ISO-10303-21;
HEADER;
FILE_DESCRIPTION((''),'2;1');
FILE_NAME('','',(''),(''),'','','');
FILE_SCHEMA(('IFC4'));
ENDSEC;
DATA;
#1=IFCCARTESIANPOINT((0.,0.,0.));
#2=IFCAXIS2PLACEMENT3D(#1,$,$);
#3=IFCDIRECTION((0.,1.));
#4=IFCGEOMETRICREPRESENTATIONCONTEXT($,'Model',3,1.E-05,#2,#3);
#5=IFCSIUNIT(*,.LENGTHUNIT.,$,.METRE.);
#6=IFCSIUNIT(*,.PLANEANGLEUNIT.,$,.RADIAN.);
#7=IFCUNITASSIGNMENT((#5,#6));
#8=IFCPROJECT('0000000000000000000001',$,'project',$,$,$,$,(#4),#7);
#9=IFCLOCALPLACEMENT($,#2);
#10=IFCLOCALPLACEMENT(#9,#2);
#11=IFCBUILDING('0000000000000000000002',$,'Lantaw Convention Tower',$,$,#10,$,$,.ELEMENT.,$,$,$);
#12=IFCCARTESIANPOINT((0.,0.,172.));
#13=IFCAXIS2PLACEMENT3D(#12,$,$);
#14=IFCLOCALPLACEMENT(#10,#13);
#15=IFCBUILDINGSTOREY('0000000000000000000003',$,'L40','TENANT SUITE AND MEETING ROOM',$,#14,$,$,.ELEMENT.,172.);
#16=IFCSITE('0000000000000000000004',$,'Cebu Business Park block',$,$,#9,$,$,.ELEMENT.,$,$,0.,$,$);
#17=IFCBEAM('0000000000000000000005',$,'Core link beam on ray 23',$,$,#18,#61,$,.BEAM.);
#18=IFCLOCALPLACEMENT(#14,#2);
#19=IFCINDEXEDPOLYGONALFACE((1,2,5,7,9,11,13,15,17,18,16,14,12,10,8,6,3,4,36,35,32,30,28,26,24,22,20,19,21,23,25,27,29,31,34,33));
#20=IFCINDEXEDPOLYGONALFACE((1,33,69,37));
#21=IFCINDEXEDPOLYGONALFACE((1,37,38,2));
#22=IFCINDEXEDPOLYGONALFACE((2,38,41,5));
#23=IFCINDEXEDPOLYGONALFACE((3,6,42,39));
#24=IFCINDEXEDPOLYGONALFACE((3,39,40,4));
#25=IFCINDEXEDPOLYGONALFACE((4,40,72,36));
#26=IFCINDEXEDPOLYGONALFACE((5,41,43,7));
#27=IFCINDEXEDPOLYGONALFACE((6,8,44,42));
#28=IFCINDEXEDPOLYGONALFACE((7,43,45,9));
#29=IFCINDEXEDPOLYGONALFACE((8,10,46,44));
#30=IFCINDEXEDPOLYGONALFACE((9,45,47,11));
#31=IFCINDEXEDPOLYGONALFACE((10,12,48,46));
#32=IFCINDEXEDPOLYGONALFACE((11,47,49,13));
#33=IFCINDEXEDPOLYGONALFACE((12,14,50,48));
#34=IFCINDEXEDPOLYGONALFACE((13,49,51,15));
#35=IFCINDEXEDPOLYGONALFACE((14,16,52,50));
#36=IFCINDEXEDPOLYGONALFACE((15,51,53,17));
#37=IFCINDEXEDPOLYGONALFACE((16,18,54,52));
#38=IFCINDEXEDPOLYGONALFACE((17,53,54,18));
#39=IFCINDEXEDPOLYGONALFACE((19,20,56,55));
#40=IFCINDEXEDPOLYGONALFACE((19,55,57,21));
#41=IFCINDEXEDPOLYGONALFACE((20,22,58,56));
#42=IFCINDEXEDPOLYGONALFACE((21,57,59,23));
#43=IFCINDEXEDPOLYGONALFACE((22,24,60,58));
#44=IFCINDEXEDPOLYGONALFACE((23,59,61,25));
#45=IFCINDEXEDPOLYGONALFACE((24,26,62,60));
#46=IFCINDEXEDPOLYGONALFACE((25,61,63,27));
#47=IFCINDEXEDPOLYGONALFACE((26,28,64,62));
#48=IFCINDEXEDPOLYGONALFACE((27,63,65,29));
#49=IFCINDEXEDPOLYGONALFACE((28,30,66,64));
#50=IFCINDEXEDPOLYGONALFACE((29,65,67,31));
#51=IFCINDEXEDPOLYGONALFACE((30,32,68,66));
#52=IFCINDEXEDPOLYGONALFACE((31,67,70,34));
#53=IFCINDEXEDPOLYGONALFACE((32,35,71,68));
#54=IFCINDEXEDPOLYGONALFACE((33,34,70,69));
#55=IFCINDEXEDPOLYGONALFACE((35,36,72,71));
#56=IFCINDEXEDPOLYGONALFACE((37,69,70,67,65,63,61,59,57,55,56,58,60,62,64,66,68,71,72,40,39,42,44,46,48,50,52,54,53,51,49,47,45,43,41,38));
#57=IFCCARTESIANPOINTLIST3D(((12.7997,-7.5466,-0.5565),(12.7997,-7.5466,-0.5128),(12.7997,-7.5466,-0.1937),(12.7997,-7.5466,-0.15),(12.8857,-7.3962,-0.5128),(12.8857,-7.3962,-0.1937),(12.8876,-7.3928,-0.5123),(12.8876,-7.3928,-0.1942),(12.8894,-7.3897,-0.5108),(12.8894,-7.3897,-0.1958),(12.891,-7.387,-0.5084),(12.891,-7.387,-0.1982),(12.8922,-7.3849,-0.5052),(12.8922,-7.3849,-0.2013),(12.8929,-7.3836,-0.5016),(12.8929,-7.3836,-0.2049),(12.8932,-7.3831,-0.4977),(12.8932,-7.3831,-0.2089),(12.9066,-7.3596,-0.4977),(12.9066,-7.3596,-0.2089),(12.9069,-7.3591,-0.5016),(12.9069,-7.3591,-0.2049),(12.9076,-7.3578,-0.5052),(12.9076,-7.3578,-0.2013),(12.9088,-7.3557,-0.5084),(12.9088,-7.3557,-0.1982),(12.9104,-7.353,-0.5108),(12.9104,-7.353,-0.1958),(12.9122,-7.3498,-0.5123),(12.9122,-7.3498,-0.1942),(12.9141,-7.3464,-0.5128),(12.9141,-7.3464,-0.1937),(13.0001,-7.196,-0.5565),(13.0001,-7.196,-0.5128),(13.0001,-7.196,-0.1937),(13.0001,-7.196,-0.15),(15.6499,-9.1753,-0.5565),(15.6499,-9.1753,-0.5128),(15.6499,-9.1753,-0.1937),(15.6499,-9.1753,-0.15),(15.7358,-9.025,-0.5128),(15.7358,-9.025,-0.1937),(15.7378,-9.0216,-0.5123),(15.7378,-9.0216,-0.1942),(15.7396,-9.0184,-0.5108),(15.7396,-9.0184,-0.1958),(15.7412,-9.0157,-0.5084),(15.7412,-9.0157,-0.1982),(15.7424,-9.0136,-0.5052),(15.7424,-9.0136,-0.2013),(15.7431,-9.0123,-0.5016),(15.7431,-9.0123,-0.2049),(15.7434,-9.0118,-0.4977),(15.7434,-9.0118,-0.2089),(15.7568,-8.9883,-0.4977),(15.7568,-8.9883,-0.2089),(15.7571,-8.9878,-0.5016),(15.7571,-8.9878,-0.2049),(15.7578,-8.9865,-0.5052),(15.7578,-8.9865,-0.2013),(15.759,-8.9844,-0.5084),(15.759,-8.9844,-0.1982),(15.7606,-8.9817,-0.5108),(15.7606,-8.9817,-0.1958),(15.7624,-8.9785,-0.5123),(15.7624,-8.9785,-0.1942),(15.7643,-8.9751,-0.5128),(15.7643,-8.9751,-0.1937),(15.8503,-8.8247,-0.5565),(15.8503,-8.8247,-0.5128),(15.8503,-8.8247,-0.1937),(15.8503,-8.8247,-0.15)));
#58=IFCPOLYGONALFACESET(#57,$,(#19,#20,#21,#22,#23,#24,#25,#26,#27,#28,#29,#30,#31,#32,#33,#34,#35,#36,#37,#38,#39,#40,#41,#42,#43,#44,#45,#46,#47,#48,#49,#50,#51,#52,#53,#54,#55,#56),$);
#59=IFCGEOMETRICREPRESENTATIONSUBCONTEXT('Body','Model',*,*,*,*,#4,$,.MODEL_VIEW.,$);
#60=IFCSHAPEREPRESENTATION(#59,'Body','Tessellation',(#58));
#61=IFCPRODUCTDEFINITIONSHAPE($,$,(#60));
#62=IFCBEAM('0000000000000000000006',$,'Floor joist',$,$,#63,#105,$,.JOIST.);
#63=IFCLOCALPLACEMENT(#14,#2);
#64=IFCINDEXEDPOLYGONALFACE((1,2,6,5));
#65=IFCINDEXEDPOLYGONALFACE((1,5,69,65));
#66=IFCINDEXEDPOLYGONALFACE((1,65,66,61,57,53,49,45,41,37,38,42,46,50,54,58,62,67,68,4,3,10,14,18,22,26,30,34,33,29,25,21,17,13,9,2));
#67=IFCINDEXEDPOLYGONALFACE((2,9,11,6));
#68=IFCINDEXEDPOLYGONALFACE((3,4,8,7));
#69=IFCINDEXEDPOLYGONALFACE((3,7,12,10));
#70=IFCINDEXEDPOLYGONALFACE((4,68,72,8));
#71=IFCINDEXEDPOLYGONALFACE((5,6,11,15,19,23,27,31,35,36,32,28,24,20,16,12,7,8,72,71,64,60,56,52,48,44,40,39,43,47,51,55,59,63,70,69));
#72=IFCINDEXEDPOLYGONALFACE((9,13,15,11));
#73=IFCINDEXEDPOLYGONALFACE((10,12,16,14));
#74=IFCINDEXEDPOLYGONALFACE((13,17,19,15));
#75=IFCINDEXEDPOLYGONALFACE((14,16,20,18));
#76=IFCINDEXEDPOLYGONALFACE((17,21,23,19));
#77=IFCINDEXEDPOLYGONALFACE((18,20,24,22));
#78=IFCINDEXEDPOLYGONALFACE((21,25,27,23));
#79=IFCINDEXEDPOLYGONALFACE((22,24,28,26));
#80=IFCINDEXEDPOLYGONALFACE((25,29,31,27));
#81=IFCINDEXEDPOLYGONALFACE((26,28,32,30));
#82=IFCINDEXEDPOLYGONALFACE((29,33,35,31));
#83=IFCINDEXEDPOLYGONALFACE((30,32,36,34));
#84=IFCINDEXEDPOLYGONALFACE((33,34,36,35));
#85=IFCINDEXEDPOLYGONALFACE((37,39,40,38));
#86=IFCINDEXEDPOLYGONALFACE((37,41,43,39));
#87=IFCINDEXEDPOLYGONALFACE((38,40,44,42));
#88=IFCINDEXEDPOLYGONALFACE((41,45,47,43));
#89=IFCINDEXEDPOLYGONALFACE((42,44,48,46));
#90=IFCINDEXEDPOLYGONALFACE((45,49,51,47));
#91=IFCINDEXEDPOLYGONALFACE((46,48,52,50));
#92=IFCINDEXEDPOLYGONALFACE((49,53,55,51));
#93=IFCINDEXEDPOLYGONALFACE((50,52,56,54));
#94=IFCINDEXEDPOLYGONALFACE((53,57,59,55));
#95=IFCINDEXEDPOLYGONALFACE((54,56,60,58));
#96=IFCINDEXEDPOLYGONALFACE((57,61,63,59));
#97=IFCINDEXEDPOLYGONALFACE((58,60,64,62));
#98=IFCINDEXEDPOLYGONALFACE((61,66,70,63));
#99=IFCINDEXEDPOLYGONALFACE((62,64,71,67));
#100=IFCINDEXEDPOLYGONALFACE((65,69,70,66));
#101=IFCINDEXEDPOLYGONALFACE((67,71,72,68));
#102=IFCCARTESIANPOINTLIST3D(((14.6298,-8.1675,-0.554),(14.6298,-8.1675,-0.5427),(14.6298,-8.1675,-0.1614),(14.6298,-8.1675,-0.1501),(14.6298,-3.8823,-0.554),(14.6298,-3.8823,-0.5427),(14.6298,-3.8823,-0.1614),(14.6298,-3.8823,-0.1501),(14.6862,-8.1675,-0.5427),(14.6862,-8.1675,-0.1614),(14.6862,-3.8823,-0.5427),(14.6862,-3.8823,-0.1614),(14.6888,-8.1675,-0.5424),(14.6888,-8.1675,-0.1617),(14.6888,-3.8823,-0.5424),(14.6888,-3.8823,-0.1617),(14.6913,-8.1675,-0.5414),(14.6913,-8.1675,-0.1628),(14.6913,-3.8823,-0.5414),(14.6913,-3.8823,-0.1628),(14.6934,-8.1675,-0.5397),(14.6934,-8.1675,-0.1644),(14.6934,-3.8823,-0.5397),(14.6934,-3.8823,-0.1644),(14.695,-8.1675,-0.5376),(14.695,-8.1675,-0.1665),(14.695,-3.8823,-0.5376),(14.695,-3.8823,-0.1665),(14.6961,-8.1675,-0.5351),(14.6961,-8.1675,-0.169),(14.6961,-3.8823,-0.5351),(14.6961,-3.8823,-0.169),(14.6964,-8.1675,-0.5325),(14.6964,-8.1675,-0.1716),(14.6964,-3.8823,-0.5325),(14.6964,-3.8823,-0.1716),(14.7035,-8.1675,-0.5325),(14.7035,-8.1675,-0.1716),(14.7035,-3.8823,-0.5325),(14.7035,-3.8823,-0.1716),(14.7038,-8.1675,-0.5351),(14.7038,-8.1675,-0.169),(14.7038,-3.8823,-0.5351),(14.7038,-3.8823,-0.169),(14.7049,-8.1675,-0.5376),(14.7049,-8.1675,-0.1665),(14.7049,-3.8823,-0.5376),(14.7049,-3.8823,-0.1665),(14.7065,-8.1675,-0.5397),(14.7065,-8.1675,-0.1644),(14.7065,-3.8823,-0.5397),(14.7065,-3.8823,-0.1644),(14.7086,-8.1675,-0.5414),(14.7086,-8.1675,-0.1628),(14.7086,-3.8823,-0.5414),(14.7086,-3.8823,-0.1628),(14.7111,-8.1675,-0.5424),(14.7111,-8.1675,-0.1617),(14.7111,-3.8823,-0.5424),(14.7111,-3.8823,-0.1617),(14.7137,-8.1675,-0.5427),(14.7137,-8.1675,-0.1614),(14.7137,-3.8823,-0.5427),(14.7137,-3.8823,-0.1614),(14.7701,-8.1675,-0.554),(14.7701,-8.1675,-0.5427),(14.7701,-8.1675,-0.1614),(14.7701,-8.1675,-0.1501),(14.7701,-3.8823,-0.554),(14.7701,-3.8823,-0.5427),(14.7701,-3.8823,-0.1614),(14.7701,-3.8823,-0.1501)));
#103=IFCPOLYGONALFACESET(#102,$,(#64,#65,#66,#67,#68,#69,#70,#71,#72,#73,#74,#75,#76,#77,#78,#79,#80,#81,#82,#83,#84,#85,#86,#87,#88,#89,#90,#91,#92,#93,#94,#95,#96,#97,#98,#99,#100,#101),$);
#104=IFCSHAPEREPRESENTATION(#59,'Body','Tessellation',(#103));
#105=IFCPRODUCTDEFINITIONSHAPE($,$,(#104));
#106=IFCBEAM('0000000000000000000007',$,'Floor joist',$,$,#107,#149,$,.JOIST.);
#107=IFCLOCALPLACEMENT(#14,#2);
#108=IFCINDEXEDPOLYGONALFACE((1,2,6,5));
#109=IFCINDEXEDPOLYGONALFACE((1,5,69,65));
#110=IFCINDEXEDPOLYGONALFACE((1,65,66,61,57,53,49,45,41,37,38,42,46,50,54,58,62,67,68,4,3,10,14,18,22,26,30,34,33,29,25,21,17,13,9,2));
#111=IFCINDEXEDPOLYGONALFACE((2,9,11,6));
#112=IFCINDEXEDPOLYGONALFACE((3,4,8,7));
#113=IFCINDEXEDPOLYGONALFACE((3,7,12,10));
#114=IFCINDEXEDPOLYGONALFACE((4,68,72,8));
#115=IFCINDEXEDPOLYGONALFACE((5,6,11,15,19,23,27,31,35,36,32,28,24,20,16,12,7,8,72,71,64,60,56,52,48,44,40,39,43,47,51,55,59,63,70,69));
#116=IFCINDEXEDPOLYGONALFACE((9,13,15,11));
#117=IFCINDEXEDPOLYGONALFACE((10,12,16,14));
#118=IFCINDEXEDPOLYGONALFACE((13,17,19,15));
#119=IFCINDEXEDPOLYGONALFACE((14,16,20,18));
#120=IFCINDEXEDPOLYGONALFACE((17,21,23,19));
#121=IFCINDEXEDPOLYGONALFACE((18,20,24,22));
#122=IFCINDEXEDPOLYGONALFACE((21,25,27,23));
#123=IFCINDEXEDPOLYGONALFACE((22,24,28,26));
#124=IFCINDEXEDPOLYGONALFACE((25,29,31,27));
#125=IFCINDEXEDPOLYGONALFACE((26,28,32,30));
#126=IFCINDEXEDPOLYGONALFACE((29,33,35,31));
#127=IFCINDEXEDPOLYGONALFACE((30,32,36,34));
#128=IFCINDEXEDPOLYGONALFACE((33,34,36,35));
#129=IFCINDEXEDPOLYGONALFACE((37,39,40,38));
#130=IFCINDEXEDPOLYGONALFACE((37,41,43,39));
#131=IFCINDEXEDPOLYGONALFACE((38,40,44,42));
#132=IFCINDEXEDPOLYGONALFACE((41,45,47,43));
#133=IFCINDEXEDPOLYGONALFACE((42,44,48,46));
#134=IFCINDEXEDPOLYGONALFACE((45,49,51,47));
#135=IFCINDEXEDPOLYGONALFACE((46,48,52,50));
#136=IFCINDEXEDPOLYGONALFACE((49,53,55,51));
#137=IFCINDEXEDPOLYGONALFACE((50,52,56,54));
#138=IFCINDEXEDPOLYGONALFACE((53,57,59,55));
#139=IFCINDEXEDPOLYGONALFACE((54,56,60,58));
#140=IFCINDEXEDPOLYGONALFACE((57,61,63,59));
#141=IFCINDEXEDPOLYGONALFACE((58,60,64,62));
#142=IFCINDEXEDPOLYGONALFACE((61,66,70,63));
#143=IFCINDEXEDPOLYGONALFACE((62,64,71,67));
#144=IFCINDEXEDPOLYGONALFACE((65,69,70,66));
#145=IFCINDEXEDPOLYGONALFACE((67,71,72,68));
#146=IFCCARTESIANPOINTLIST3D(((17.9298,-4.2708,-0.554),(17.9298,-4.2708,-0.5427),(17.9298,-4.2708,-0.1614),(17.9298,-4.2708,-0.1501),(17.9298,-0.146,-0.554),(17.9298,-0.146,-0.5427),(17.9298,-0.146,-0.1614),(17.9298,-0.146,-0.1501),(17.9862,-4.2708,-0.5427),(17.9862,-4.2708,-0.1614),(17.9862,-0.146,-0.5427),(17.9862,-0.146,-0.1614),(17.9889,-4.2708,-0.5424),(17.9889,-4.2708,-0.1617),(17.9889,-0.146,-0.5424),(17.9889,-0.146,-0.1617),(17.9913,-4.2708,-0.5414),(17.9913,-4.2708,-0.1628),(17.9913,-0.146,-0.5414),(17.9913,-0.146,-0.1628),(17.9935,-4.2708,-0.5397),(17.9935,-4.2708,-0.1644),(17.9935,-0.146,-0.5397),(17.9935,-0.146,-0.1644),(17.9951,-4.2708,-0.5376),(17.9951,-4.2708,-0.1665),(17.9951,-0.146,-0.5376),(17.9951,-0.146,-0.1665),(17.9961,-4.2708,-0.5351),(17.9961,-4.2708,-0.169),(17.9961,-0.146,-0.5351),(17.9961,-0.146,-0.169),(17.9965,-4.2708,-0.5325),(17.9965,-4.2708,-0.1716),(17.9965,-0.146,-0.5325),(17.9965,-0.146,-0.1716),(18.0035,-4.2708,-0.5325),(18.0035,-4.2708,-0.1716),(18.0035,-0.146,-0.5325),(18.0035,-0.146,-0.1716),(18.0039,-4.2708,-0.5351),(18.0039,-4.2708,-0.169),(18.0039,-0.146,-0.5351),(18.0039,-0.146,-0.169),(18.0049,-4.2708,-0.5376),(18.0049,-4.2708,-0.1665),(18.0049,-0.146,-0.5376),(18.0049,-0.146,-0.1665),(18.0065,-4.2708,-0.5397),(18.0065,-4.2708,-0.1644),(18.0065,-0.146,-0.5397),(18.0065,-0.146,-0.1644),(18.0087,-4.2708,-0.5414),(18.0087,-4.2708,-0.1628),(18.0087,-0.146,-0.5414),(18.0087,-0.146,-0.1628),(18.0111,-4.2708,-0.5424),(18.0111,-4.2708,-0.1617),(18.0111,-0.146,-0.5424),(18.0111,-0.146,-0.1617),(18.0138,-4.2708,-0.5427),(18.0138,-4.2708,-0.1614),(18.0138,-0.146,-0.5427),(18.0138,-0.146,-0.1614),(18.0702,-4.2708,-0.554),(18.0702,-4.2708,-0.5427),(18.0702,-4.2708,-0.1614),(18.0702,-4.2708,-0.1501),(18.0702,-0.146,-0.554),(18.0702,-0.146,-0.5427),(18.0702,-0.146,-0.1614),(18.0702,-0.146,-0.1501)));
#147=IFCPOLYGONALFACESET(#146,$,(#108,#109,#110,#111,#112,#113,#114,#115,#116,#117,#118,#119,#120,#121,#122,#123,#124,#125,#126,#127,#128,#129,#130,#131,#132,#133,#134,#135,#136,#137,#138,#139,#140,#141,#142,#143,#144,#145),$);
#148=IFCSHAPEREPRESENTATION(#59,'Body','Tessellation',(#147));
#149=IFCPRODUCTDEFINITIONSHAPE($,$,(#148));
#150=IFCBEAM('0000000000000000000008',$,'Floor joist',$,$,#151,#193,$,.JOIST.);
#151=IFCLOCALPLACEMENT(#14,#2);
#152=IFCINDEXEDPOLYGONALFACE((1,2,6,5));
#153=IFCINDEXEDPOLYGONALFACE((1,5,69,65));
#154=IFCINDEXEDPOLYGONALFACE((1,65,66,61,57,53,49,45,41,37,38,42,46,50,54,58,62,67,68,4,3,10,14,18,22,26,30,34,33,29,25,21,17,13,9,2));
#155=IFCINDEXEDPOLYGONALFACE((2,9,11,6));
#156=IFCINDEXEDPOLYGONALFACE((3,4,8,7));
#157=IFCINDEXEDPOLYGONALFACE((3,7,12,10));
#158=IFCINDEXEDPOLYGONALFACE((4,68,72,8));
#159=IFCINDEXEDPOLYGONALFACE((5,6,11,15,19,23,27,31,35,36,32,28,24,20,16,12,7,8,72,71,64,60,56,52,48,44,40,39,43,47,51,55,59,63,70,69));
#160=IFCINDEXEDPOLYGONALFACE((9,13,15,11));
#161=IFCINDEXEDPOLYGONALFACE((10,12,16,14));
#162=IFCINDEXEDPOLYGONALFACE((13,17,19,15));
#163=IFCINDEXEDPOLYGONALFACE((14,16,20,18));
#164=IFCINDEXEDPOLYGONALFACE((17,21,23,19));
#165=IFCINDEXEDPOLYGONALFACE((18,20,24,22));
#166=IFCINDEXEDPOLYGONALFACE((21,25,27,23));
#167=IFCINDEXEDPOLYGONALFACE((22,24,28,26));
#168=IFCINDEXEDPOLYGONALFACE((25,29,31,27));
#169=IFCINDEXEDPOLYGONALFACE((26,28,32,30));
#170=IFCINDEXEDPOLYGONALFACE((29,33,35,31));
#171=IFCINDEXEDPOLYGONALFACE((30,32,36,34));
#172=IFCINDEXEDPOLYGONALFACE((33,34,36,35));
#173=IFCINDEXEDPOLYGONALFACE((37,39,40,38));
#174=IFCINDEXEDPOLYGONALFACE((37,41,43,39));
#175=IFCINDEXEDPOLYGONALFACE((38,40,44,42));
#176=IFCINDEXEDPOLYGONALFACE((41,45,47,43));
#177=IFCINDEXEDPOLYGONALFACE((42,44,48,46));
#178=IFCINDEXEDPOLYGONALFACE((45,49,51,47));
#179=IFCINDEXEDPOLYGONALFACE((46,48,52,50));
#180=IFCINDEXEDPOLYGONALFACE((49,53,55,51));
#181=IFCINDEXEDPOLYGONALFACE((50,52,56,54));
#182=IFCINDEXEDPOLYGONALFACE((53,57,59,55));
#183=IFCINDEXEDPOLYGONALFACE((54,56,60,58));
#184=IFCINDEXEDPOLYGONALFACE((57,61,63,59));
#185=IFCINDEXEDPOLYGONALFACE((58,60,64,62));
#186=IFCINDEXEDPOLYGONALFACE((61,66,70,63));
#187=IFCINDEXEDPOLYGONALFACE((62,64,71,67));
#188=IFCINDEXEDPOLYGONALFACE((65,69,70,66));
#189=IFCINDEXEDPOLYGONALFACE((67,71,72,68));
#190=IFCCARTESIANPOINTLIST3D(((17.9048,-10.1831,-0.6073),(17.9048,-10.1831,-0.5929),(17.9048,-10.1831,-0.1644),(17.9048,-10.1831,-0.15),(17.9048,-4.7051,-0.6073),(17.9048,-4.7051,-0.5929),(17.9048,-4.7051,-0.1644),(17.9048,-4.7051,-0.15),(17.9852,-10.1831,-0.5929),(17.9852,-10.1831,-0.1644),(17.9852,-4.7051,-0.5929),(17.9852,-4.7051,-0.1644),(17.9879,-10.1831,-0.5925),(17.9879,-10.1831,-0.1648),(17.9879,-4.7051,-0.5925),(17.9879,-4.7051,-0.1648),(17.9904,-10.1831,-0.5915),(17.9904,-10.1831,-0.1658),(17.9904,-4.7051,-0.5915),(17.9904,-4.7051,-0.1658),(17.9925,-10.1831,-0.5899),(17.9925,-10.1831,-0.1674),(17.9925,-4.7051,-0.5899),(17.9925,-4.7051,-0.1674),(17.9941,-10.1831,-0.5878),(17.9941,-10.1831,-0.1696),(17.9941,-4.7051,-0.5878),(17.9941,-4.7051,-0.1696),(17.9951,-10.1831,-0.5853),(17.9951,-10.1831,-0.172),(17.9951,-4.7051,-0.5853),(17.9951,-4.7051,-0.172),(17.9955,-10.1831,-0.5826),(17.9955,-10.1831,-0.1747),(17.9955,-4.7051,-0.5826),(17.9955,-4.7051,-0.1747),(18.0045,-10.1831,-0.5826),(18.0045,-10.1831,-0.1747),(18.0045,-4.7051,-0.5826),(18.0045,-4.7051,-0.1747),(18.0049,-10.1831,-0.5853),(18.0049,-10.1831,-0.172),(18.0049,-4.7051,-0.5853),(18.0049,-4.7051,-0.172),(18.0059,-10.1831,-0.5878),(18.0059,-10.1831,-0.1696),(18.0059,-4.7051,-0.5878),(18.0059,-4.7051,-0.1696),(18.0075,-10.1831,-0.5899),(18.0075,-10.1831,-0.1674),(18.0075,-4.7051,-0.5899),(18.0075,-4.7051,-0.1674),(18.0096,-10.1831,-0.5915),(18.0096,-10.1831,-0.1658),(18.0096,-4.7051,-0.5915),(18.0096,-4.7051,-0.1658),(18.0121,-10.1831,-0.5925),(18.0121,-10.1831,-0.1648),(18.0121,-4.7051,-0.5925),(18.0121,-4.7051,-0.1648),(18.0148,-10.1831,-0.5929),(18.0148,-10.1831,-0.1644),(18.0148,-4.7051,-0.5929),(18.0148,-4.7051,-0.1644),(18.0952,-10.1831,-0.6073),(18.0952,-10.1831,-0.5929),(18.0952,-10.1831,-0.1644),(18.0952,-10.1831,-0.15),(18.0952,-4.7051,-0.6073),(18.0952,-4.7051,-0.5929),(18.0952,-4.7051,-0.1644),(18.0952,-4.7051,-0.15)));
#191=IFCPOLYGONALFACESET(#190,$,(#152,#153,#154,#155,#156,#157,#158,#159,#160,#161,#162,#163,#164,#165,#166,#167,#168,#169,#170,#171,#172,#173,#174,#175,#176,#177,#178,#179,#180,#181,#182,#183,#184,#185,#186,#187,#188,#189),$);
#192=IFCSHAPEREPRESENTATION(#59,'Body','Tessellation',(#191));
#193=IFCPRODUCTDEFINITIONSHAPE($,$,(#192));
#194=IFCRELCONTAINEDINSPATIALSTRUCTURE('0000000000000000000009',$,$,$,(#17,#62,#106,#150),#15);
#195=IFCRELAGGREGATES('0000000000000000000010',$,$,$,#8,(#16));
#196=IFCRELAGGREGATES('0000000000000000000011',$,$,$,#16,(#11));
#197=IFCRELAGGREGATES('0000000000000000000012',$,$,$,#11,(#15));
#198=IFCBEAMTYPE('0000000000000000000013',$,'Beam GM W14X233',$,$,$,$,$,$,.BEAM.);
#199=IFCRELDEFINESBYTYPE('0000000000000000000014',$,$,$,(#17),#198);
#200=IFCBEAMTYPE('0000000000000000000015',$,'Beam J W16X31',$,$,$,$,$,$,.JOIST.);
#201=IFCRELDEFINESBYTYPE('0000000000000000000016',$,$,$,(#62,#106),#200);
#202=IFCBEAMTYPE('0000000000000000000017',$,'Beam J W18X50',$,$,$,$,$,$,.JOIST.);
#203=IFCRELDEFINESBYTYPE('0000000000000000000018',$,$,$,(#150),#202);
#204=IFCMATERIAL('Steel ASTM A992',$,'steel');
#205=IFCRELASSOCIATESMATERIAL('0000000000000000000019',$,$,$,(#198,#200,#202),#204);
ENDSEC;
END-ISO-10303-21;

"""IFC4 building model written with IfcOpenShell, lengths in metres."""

from ifc_helpers import new_model, si_unit, direction, frame, origin, origin_2d, place, context, subcontext, project, spatial, i_section, extrude, material, material_profile, profile_set, type_object, element, save


model = new_model("IFC4")

# Units and contexts
model_context = context("Model", 3, precision=1e-05, world=origin(), true_north=direction((0.0, 1.0)))
body_context = subcontext(model_context, "Body", "Model", "MODEL_VIEW")
ifc_project = project(units=[si_unit("LENGTHUNIT", "METRE"), si_unit("PLANEANGLEUNIT", "RADIAN")], contexts=[model_context])

# Site, building, storey
site_placement = place(None, origin())
site = spatial("IfcSite", under=ifc_project, at=site_placement, Name="Cebu Business Park block", CompositionType="ELEMENT", RefElevation=0.0)
building_placement = place(site_placement, origin())
building = spatial("IfcBuilding", under=site, at=building_placement, Name="Lantaw Convention Tower", CompositionType="ELEMENT")
storey_placement = place(building_placement, frame((0.0, 0.0, 172.0)))
storey = spatial("IfcBuildingStorey", under=building, at=storey_placement, Name="L40", Description="TENANT SUITE AND MEETING ROOM", CompositionType="ELEMENT", Elevation=172.0)

# Beams
ifc_material_1 = material(Name="Steel ASTM A992", Category="steel")
ifc_material_profile_1 = material_profile(ifc_material_1, i_section(OverallWidth=0.4038, OverallDepth=0.4065, WebThickness=0.0271, FlangeThickness=0.0437, FilletRadius=0.0151, at=origin_2d()), Name="W14X233")
ifc_profile_set_1 = profile_set([ifc_material_profile_1], Name="Steel ASTM A992")
beam_type_1 = type_object("IfcBeamType", Name="Beam GM W14X233", PredefinedType="BEAM", material=ifc_profile_set_1)
beam_1_placement = place(storey_placement, frame((12.8999, -7.3713, -0.3533), z_axis=(0.868239, -0.496147, 0.0), x_axis=(0.496147, 0.868239, 0.0)))
element("IfcBeam", 1, at=beam_1_placement, inside=storey, type_object=beam_type_1, Name="Core link beam on ray 23", PredefinedType="BEAM", context=body_context, shape_type="SweptSolid", body=[
    extrude(i_section(OverallWidth=0.4038, OverallDepth=0.4065, WebThickness=0.0271, FlangeThickness=0.0437, FilletRadius=0.0151, at=origin_2d()), origin(), (0.0, 0.0, 1.0), 3.2827),
])
ifc_material_profile_2 = material_profile(ifc_material_1, i_section(OverallWidth=0.1404, OverallDepth=0.4038, WebThickness=0.0071, FlangeThickness=0.0112, FilletRadius=0.0103, at=origin_2d()), Name="W16X31")
ifc_profile_set_2 = profile_set([ifc_material_profile_2], Name="Steel ASTM A992")
beam_type_2 = type_object("IfcBeamType", Name="Beam J W16X31", PredefinedType="JOIST", material=ifc_profile_set_2)
beam_2_placement = place(storey_placement, frame((14.7, -8.1675, -0.3521), z_axis=(0.0, 1.0, 0.0), x_axis=(-1.0, 0.0, 0.0)))
element("IfcBeam", 2, at=beam_2_placement, inside=storey, type_object=beam_type_2, Name="Floor joist", PredefinedType="JOIST", context=body_context, shape_type="SweptSolid", body=[
    extrude(i_section(OverallWidth=0.1404, OverallDepth=0.4038, WebThickness=0.0071, FlangeThickness=0.0112, FilletRadius=0.0103, at=origin_2d()), origin(), (0.0, 0.0, 1.0), 4.2852),
])
beam_3_placement = place(storey_placement, frame((18.0, -4.2708, -0.3521), z_axis=(0.0, 1.0, 0.0), x_axis=(-1.0, 0.0, 0.0)))
element("IfcBeam", 3, at=beam_3_placement, inside=storey, type_object=beam_type_2, Name="Floor joist", PredefinedType="JOIST", context=body_context, shape_type="SweptSolid", body=[
    extrude(i_section(OverallWidth=0.1404, OverallDepth=0.4038, WebThickness=0.0071, FlangeThickness=0.0112, FilletRadius=0.0103, at=origin_2d()), origin(), (0.0, 0.0, 1.0), 4.1248),
])
ifc_material_profile_3 = material_profile(ifc_material_1, i_section(OverallWidth=0.1904, OverallDepth=0.4573, WebThickness=0.009, FlangeThickness=0.0144, FilletRadius=0.0103, at=origin_2d()), Name="W18X50")
ifc_profile_set_3 = profile_set([ifc_material_profile_3], Name="Steel ASTM A992")
beam_type_3 = type_object("IfcBeamType", Name="Beam J W18X50", PredefinedType="JOIST", material=ifc_profile_set_3)
beam_4_placement = place(storey_placement, frame((18.0, -10.1831, -0.3787), z_axis=(0.0, 1.0, 0.0), x_axis=(-1.0, 0.0, 0.0)))
element("IfcBeam", 4, at=beam_4_placement, inside=storey, type_object=beam_type_3, Name="Floor joist", PredefinedType="JOIST", context=body_context, shape_type="SweptSolid", body=[
    extrude(i_section(OverallWidth=0.1904, OverallDepth=0.4573, WebThickness=0.009, FlangeThickness=0.0144, FilletRadius=0.0103, at=origin_2d()), origin(), (0.0, 0.0, 1.0), 5.478),
])

save(model, "model.ifc")
